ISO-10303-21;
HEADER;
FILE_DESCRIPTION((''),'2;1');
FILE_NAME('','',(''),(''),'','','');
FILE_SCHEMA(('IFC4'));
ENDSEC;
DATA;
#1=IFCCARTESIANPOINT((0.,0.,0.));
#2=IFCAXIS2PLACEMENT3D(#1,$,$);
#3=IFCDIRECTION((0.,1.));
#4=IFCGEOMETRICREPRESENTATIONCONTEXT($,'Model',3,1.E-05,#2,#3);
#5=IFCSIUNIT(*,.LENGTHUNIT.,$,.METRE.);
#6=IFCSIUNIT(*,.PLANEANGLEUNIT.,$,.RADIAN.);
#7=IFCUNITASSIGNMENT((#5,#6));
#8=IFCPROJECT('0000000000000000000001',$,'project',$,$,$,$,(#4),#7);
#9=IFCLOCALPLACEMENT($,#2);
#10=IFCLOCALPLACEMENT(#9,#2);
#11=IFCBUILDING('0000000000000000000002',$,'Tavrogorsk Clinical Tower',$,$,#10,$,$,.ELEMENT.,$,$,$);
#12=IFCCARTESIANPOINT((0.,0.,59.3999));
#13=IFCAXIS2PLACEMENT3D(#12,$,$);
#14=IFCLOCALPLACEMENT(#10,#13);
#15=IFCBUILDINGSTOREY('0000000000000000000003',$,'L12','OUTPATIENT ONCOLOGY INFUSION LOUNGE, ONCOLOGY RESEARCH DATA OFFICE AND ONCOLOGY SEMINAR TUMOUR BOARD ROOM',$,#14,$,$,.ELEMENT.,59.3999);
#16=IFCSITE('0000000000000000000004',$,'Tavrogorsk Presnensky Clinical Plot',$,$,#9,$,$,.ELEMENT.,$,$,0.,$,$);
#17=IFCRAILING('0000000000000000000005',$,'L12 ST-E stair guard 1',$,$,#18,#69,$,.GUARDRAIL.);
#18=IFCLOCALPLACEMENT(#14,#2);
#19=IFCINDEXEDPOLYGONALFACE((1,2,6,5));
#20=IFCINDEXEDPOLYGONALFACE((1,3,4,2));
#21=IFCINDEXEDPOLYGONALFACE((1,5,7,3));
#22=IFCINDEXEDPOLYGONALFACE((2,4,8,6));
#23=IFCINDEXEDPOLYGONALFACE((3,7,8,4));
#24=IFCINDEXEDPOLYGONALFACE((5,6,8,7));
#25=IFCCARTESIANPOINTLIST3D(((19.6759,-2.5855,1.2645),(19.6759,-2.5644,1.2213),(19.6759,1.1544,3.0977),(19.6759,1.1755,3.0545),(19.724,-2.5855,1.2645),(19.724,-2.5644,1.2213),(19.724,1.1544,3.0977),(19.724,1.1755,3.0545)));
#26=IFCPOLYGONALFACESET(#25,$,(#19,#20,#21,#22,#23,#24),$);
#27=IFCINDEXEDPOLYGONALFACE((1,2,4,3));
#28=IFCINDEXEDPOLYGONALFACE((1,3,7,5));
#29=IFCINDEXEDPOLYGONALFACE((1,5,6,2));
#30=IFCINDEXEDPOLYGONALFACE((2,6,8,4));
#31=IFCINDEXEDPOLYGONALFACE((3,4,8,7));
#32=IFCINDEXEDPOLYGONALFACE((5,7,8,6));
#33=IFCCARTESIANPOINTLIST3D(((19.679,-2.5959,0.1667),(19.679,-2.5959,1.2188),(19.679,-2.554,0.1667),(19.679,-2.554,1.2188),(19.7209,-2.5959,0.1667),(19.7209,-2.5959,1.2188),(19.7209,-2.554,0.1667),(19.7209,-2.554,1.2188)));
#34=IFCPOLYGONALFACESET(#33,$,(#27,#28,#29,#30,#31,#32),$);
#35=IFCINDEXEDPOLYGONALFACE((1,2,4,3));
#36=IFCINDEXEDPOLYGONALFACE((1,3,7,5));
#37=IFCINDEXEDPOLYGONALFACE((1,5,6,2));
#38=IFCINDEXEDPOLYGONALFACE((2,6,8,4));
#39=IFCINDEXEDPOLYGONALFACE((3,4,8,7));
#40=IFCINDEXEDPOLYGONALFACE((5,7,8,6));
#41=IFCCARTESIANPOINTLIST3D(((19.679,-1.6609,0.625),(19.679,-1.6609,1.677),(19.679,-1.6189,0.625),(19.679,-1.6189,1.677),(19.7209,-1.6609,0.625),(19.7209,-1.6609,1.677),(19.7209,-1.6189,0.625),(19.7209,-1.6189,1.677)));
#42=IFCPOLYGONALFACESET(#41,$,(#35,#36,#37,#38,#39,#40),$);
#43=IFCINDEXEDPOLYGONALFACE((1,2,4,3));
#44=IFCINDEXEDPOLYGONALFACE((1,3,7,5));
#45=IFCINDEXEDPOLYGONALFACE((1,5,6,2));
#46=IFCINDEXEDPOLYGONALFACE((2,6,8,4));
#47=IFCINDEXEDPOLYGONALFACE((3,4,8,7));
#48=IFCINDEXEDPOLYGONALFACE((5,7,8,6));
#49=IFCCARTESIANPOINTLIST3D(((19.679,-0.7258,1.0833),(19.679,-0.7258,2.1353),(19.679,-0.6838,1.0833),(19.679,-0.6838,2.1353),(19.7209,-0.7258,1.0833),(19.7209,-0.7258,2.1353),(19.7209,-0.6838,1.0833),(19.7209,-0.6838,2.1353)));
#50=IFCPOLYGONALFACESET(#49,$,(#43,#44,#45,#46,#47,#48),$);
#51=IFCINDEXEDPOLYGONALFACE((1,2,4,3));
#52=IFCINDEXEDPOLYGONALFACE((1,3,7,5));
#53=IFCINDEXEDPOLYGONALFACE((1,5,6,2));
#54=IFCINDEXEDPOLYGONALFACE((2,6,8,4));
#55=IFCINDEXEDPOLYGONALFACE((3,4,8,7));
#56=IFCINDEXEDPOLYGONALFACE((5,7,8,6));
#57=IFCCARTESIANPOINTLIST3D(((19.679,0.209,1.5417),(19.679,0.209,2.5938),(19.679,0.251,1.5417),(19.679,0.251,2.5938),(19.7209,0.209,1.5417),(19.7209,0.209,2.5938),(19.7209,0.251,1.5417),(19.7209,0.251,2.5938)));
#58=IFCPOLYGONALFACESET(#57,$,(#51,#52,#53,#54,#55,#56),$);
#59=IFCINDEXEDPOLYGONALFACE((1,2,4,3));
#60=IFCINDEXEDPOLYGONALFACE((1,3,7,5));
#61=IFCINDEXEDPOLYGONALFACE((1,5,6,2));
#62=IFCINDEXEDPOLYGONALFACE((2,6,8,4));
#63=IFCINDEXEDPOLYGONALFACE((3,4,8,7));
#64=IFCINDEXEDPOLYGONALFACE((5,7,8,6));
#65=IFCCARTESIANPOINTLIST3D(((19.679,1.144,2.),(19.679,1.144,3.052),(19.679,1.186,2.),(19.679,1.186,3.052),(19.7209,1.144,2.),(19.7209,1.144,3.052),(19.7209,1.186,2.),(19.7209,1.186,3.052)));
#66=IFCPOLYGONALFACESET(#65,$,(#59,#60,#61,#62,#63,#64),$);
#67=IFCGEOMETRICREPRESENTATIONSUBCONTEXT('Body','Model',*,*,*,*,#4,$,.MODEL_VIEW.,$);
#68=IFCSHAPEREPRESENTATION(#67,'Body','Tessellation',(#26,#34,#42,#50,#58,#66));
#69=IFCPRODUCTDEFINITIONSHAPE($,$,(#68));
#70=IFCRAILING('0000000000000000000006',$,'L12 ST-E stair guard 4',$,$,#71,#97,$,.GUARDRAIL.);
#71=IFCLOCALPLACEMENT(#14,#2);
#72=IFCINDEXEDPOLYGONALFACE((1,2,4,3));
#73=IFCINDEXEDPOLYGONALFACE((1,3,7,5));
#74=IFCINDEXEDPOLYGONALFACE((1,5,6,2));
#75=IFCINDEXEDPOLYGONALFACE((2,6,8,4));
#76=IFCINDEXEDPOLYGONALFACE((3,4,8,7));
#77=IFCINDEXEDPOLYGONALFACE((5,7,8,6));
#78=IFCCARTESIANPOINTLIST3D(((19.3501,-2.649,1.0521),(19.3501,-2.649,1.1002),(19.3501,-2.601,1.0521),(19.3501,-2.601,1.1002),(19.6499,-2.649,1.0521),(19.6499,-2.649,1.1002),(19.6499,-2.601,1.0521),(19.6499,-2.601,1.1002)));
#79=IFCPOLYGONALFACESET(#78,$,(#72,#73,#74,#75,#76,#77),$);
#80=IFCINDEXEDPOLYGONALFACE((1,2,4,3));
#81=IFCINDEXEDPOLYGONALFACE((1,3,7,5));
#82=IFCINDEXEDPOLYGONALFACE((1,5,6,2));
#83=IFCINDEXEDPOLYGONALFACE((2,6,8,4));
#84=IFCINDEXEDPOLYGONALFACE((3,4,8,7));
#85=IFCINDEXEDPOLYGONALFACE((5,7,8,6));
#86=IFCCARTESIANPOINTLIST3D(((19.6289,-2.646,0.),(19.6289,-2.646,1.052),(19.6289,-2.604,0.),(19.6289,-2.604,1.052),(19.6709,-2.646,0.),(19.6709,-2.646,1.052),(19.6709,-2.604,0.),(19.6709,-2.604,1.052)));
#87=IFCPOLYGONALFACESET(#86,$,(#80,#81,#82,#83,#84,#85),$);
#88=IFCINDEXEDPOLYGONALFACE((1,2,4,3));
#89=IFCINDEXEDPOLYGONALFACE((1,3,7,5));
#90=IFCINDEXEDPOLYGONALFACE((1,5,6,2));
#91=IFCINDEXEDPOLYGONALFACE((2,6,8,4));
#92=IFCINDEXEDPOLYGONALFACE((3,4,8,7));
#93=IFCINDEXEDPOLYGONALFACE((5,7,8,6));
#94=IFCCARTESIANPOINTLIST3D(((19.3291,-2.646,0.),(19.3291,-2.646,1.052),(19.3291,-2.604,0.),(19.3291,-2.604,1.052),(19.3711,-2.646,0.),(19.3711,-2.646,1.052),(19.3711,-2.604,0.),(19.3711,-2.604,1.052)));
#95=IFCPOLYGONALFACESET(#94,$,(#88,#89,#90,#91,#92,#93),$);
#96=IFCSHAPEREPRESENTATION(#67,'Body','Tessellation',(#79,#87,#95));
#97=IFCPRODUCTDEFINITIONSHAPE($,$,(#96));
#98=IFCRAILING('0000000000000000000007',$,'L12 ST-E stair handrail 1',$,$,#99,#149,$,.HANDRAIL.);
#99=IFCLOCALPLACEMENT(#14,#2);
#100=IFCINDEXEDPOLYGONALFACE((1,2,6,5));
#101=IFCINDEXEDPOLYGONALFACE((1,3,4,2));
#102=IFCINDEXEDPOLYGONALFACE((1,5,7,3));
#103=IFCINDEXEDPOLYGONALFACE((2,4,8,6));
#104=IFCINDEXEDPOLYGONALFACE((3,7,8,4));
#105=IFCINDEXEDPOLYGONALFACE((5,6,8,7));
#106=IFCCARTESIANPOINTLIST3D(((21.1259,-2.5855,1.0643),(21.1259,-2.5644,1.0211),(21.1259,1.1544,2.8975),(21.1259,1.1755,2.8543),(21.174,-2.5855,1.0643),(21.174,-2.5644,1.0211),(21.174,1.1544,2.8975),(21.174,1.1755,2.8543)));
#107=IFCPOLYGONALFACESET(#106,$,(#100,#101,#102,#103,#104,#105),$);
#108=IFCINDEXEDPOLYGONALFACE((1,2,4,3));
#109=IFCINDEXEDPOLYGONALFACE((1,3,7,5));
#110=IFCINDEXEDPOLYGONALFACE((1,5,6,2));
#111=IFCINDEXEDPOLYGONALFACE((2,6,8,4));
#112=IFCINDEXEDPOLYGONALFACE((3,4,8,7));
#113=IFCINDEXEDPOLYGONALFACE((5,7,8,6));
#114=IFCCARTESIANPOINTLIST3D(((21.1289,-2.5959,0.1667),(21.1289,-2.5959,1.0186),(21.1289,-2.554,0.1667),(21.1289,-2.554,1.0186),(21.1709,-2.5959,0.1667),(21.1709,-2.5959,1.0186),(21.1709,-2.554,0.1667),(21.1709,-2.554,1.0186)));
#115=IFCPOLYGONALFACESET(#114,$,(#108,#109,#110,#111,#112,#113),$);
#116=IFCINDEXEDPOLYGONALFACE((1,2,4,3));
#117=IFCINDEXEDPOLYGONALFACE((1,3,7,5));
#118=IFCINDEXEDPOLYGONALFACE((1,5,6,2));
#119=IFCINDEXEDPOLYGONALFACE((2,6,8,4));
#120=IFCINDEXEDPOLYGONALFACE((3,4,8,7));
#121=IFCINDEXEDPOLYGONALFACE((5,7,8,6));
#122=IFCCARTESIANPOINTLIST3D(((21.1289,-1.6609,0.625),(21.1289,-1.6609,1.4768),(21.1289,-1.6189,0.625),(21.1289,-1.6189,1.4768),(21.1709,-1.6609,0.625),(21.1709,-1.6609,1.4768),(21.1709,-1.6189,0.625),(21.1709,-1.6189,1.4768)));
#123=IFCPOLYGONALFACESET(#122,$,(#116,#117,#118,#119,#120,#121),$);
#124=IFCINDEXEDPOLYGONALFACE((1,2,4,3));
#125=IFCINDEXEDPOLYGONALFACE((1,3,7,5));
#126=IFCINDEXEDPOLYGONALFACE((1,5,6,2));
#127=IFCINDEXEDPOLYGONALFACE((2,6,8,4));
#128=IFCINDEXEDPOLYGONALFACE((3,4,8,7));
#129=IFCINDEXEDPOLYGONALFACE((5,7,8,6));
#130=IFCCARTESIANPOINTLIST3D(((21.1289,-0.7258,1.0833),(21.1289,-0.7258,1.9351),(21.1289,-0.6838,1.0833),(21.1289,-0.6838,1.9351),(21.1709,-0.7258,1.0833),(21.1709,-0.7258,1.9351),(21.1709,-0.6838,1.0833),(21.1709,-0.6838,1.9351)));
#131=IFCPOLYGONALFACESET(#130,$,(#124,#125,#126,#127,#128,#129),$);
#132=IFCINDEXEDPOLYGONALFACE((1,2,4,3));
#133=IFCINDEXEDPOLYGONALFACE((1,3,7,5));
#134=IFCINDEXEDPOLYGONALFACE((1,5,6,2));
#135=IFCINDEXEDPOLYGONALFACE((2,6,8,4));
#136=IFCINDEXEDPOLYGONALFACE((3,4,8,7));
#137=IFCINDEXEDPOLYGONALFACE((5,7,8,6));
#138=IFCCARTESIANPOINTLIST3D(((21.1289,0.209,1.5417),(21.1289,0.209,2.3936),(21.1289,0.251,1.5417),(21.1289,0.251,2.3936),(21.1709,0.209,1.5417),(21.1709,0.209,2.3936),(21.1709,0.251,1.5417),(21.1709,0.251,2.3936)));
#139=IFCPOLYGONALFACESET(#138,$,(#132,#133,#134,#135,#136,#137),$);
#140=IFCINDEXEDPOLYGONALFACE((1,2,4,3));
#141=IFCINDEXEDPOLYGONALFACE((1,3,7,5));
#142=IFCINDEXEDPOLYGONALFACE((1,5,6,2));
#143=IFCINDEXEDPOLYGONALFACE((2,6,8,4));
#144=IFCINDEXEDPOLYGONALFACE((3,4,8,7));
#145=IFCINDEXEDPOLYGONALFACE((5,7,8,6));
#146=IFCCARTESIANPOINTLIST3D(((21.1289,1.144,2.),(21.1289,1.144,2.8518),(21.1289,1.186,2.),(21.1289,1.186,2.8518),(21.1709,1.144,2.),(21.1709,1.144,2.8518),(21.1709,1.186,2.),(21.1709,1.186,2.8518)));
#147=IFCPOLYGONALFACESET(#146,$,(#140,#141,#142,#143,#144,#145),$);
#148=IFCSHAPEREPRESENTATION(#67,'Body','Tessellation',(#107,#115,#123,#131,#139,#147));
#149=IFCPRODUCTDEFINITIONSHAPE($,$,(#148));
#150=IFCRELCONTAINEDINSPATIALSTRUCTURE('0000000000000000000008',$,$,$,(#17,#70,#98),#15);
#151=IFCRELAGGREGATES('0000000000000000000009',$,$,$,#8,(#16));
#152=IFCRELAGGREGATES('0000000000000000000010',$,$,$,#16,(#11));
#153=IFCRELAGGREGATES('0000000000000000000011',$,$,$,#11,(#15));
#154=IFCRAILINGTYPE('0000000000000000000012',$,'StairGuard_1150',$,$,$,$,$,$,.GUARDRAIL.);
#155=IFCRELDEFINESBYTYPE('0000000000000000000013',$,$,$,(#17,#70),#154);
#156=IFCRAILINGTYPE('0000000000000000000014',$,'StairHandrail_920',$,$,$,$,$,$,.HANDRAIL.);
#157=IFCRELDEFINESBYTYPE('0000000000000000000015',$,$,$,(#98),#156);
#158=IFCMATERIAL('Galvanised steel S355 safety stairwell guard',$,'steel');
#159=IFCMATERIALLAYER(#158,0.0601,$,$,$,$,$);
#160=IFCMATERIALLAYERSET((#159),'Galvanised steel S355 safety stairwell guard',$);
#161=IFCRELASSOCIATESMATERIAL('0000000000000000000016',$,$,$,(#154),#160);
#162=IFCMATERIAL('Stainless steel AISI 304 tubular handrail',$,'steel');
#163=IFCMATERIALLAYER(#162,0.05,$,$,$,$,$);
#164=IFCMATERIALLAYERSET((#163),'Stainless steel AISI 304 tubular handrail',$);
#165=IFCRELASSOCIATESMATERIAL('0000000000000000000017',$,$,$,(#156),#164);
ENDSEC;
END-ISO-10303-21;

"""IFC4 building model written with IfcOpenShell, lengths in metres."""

from ifc_helpers import new_model, si_unit, direction, frame, origin, origin_2d, place, context, subcontext, project, spatial, rectangle, extrude, material, layer, layer_set, type_object, element, save


model = new_model("IFC4")

# Units and contexts
model_context = context("Model", 3, precision=1e-05, world=origin(), true_north=direction((0.0, 1.0)))
body_context = subcontext(model_context, "Body", "Model", "MODEL_VIEW")
ifc_project = project(units=[si_unit("LENGTHUNIT", "METRE"), si_unit("PLANEANGLEUNIT", "RADIAN")], contexts=[model_context])

# Site, building, storey
site_placement = place(None, origin())
site = spatial("IfcSite", under=ifc_project, at=site_placement, Name="Tavrogorsk Presnensky Clinical Plot", CompositionType="ELEMENT", RefElevation=0.0)
building_placement = place(site_placement, origin())
building = spatial("IfcBuilding", under=site, at=building_placement, Name="Tavrogorsk Clinical Tower", CompositionType="ELEMENT")
storey_placement = place(building_placement, frame((0.0, 0.0, 59.3999)))
storey = spatial("IfcBuildingStorey", under=building, at=storey_placement, Name="L12", Description="OUTPATIENT ONCOLOGY INFUSION LOUNGE, ONCOLOGY RESEARCH DATA OFFICE AND ONCOLOGY SEMINAR TUMOUR BOARD ROOM", CompositionType="ELEMENT", Elevation=59.3999)

# Railings
ifc_material_1 = material(Name="Galvanised steel S355 safety stairwell guard", Category="steel")
ifc_layer_1 = layer(ifc_material_1, 0.0601)
ifc_layer_set_1 = layer_set([ifc_layer_1], Name="Galvanised steel S355 safety stairwell guard")
railing_type_1 = type_object("IfcRailingType", Name="StairGuard_1150", PredefinedType="GUARDRAIL", material=ifc_layer_set_1)
railing_1_placement = place(storey_placement, frame((19.7, -2.575, 0.1667)))
element("IfcRailing", 1, at=railing_1_placement, inside=storey, type_object=railing_type_1, Name="L12 ST-E stair guard 1", PredefinedType="GUARDRAIL", context=body_context, shape_type="SweptSolid", body=[
    extrude(rectangle(XDim=0.0481, YDim=0.0481, at=origin_2d()), frame((0.0, 0.0, 1.0762), z_axis=(0.0, 0.897928, 0.440142), x_axis=(-1.0, 0.0, 0.0)), (0.0, 0.0, 1.0), 4.165),
    extrude(rectangle(XDim=0.042, YDim=0.042, at=origin_2d()), origin(), (0.0, 0.0, 1.0), 1.052),
    extrude(rectangle(XDim=0.042, YDim=0.042, at=origin_2d()), frame((0.0, 0.9351, 0.4583)), (0.0, 0.0, 1.0), 1.052),
    extrude(rectangle(XDim=0.042, YDim=0.042, at=origin_2d()), frame((0.0, 1.8701, 0.9165)), (0.0, 0.0, 1.0), 1.052),
    extrude(rectangle(XDim=0.042, YDim=0.042, at=origin_2d()), frame((0.0, 2.8049, 1.375)), (0.0, 0.0, 1.0), 1.052),
    extrude(rectangle(XDim=0.042, YDim=0.042, at=origin_2d()), frame((0.0, 3.74, 1.8333)), (0.0, 0.0, 1.0), 1.052),
])
railing_2_placement = place(storey_placement, frame((19.6499, -2.625, 0.0)))
element("IfcRailing", 2, at=railing_2_placement, inside=storey, type_object=railing_type_1, Name="L12 ST-E stair guard 4", PredefinedType="GUARDRAIL", context=body_context, shape_type="SweptSolid", body=[
    extrude(rectangle(XDim=0.0481, YDim=0.0481, at=origin_2d()), frame((0.0, 0.0, 1.0762), z_axis=(-1.0, 0.0, 0.0), x_axis=(0.0, -1.0, 0.0)), (0.0, 0.0, 1.0), 0.2998),
    extrude(rectangle(XDim=0.042, YDim=0.042, at=origin_2d()), origin(), (0.0, 0.0, 1.0), 1.052),
    extrude(rectangle(XDim=0.042, YDim=0.042, at=origin_2d()), frame((-0.2998, 0.0, 0.0)), (0.0, 0.0, 1.0), 1.052),
])
ifc_material_2 = material(Name="Stainless steel AISI 304 tubular handrail", Category="steel")
ifc_layer_2 = layer(ifc_material_2, 0.05)
ifc_layer_set_2 = layer_set([ifc_layer_2], Name="Stainless steel AISI 304 tubular handrail")
railing_type_2 = type_object("IfcRailingType", Name="StairHandrail_920", PredefinedType="HANDRAIL", material=ifc_layer_set_2)
railing_3_placement = place(storey_placement, frame((21.1499, -2.575, 0.1667)))
element("IfcRailing", 3, at=railing_3_placement, inside=storey, type_object=railing_type_2, Name="L12 ST-E stair handrail 1", PredefinedType="HANDRAIL", context=body_context, shape_type="SweptSolid", body=[
    extrude(rectangle(XDim=0.0481, YDim=0.0481, at=origin_2d()), frame((0.0, 0.0, 0.876), z_axis=(0.0, 0.897928, 0.440142), x_axis=(-1.0, 0.0, 0.0)), (0.0, 0.0, 1.0), 4.165),
    extrude(rectangle(XDim=0.042, YDim=0.042, at=origin_2d()), origin(), (0.0, 0.0, 1.0), 0.8518),
    extrude(rectangle(XDim=0.042, YDim=0.042, at=origin_2d()), frame((0.0, 0.9351, 0.4583)), (0.0, 0.0, 1.0), 0.8518),
    extrude(rectangle(XDim=0.042, YDim=0.042, at=origin_2d()), frame((0.0, 1.8701, 0.9165)), (0.0, 0.0, 1.0), 0.8518),
    extrude(rectangle(XDim=0.042, YDim=0.042, at=origin_2d()), frame((0.0, 2.8049, 1.375)), (0.0, 0.0, 1.0), 0.8518),
    extrude(rectangle(XDim=0.042, YDim=0.042, at=origin_2d()), frame((0.0, 3.74, 1.8333)), (0.0, 0.0, 1.0), 0.8518),
])

save(model, "model.ifc")
